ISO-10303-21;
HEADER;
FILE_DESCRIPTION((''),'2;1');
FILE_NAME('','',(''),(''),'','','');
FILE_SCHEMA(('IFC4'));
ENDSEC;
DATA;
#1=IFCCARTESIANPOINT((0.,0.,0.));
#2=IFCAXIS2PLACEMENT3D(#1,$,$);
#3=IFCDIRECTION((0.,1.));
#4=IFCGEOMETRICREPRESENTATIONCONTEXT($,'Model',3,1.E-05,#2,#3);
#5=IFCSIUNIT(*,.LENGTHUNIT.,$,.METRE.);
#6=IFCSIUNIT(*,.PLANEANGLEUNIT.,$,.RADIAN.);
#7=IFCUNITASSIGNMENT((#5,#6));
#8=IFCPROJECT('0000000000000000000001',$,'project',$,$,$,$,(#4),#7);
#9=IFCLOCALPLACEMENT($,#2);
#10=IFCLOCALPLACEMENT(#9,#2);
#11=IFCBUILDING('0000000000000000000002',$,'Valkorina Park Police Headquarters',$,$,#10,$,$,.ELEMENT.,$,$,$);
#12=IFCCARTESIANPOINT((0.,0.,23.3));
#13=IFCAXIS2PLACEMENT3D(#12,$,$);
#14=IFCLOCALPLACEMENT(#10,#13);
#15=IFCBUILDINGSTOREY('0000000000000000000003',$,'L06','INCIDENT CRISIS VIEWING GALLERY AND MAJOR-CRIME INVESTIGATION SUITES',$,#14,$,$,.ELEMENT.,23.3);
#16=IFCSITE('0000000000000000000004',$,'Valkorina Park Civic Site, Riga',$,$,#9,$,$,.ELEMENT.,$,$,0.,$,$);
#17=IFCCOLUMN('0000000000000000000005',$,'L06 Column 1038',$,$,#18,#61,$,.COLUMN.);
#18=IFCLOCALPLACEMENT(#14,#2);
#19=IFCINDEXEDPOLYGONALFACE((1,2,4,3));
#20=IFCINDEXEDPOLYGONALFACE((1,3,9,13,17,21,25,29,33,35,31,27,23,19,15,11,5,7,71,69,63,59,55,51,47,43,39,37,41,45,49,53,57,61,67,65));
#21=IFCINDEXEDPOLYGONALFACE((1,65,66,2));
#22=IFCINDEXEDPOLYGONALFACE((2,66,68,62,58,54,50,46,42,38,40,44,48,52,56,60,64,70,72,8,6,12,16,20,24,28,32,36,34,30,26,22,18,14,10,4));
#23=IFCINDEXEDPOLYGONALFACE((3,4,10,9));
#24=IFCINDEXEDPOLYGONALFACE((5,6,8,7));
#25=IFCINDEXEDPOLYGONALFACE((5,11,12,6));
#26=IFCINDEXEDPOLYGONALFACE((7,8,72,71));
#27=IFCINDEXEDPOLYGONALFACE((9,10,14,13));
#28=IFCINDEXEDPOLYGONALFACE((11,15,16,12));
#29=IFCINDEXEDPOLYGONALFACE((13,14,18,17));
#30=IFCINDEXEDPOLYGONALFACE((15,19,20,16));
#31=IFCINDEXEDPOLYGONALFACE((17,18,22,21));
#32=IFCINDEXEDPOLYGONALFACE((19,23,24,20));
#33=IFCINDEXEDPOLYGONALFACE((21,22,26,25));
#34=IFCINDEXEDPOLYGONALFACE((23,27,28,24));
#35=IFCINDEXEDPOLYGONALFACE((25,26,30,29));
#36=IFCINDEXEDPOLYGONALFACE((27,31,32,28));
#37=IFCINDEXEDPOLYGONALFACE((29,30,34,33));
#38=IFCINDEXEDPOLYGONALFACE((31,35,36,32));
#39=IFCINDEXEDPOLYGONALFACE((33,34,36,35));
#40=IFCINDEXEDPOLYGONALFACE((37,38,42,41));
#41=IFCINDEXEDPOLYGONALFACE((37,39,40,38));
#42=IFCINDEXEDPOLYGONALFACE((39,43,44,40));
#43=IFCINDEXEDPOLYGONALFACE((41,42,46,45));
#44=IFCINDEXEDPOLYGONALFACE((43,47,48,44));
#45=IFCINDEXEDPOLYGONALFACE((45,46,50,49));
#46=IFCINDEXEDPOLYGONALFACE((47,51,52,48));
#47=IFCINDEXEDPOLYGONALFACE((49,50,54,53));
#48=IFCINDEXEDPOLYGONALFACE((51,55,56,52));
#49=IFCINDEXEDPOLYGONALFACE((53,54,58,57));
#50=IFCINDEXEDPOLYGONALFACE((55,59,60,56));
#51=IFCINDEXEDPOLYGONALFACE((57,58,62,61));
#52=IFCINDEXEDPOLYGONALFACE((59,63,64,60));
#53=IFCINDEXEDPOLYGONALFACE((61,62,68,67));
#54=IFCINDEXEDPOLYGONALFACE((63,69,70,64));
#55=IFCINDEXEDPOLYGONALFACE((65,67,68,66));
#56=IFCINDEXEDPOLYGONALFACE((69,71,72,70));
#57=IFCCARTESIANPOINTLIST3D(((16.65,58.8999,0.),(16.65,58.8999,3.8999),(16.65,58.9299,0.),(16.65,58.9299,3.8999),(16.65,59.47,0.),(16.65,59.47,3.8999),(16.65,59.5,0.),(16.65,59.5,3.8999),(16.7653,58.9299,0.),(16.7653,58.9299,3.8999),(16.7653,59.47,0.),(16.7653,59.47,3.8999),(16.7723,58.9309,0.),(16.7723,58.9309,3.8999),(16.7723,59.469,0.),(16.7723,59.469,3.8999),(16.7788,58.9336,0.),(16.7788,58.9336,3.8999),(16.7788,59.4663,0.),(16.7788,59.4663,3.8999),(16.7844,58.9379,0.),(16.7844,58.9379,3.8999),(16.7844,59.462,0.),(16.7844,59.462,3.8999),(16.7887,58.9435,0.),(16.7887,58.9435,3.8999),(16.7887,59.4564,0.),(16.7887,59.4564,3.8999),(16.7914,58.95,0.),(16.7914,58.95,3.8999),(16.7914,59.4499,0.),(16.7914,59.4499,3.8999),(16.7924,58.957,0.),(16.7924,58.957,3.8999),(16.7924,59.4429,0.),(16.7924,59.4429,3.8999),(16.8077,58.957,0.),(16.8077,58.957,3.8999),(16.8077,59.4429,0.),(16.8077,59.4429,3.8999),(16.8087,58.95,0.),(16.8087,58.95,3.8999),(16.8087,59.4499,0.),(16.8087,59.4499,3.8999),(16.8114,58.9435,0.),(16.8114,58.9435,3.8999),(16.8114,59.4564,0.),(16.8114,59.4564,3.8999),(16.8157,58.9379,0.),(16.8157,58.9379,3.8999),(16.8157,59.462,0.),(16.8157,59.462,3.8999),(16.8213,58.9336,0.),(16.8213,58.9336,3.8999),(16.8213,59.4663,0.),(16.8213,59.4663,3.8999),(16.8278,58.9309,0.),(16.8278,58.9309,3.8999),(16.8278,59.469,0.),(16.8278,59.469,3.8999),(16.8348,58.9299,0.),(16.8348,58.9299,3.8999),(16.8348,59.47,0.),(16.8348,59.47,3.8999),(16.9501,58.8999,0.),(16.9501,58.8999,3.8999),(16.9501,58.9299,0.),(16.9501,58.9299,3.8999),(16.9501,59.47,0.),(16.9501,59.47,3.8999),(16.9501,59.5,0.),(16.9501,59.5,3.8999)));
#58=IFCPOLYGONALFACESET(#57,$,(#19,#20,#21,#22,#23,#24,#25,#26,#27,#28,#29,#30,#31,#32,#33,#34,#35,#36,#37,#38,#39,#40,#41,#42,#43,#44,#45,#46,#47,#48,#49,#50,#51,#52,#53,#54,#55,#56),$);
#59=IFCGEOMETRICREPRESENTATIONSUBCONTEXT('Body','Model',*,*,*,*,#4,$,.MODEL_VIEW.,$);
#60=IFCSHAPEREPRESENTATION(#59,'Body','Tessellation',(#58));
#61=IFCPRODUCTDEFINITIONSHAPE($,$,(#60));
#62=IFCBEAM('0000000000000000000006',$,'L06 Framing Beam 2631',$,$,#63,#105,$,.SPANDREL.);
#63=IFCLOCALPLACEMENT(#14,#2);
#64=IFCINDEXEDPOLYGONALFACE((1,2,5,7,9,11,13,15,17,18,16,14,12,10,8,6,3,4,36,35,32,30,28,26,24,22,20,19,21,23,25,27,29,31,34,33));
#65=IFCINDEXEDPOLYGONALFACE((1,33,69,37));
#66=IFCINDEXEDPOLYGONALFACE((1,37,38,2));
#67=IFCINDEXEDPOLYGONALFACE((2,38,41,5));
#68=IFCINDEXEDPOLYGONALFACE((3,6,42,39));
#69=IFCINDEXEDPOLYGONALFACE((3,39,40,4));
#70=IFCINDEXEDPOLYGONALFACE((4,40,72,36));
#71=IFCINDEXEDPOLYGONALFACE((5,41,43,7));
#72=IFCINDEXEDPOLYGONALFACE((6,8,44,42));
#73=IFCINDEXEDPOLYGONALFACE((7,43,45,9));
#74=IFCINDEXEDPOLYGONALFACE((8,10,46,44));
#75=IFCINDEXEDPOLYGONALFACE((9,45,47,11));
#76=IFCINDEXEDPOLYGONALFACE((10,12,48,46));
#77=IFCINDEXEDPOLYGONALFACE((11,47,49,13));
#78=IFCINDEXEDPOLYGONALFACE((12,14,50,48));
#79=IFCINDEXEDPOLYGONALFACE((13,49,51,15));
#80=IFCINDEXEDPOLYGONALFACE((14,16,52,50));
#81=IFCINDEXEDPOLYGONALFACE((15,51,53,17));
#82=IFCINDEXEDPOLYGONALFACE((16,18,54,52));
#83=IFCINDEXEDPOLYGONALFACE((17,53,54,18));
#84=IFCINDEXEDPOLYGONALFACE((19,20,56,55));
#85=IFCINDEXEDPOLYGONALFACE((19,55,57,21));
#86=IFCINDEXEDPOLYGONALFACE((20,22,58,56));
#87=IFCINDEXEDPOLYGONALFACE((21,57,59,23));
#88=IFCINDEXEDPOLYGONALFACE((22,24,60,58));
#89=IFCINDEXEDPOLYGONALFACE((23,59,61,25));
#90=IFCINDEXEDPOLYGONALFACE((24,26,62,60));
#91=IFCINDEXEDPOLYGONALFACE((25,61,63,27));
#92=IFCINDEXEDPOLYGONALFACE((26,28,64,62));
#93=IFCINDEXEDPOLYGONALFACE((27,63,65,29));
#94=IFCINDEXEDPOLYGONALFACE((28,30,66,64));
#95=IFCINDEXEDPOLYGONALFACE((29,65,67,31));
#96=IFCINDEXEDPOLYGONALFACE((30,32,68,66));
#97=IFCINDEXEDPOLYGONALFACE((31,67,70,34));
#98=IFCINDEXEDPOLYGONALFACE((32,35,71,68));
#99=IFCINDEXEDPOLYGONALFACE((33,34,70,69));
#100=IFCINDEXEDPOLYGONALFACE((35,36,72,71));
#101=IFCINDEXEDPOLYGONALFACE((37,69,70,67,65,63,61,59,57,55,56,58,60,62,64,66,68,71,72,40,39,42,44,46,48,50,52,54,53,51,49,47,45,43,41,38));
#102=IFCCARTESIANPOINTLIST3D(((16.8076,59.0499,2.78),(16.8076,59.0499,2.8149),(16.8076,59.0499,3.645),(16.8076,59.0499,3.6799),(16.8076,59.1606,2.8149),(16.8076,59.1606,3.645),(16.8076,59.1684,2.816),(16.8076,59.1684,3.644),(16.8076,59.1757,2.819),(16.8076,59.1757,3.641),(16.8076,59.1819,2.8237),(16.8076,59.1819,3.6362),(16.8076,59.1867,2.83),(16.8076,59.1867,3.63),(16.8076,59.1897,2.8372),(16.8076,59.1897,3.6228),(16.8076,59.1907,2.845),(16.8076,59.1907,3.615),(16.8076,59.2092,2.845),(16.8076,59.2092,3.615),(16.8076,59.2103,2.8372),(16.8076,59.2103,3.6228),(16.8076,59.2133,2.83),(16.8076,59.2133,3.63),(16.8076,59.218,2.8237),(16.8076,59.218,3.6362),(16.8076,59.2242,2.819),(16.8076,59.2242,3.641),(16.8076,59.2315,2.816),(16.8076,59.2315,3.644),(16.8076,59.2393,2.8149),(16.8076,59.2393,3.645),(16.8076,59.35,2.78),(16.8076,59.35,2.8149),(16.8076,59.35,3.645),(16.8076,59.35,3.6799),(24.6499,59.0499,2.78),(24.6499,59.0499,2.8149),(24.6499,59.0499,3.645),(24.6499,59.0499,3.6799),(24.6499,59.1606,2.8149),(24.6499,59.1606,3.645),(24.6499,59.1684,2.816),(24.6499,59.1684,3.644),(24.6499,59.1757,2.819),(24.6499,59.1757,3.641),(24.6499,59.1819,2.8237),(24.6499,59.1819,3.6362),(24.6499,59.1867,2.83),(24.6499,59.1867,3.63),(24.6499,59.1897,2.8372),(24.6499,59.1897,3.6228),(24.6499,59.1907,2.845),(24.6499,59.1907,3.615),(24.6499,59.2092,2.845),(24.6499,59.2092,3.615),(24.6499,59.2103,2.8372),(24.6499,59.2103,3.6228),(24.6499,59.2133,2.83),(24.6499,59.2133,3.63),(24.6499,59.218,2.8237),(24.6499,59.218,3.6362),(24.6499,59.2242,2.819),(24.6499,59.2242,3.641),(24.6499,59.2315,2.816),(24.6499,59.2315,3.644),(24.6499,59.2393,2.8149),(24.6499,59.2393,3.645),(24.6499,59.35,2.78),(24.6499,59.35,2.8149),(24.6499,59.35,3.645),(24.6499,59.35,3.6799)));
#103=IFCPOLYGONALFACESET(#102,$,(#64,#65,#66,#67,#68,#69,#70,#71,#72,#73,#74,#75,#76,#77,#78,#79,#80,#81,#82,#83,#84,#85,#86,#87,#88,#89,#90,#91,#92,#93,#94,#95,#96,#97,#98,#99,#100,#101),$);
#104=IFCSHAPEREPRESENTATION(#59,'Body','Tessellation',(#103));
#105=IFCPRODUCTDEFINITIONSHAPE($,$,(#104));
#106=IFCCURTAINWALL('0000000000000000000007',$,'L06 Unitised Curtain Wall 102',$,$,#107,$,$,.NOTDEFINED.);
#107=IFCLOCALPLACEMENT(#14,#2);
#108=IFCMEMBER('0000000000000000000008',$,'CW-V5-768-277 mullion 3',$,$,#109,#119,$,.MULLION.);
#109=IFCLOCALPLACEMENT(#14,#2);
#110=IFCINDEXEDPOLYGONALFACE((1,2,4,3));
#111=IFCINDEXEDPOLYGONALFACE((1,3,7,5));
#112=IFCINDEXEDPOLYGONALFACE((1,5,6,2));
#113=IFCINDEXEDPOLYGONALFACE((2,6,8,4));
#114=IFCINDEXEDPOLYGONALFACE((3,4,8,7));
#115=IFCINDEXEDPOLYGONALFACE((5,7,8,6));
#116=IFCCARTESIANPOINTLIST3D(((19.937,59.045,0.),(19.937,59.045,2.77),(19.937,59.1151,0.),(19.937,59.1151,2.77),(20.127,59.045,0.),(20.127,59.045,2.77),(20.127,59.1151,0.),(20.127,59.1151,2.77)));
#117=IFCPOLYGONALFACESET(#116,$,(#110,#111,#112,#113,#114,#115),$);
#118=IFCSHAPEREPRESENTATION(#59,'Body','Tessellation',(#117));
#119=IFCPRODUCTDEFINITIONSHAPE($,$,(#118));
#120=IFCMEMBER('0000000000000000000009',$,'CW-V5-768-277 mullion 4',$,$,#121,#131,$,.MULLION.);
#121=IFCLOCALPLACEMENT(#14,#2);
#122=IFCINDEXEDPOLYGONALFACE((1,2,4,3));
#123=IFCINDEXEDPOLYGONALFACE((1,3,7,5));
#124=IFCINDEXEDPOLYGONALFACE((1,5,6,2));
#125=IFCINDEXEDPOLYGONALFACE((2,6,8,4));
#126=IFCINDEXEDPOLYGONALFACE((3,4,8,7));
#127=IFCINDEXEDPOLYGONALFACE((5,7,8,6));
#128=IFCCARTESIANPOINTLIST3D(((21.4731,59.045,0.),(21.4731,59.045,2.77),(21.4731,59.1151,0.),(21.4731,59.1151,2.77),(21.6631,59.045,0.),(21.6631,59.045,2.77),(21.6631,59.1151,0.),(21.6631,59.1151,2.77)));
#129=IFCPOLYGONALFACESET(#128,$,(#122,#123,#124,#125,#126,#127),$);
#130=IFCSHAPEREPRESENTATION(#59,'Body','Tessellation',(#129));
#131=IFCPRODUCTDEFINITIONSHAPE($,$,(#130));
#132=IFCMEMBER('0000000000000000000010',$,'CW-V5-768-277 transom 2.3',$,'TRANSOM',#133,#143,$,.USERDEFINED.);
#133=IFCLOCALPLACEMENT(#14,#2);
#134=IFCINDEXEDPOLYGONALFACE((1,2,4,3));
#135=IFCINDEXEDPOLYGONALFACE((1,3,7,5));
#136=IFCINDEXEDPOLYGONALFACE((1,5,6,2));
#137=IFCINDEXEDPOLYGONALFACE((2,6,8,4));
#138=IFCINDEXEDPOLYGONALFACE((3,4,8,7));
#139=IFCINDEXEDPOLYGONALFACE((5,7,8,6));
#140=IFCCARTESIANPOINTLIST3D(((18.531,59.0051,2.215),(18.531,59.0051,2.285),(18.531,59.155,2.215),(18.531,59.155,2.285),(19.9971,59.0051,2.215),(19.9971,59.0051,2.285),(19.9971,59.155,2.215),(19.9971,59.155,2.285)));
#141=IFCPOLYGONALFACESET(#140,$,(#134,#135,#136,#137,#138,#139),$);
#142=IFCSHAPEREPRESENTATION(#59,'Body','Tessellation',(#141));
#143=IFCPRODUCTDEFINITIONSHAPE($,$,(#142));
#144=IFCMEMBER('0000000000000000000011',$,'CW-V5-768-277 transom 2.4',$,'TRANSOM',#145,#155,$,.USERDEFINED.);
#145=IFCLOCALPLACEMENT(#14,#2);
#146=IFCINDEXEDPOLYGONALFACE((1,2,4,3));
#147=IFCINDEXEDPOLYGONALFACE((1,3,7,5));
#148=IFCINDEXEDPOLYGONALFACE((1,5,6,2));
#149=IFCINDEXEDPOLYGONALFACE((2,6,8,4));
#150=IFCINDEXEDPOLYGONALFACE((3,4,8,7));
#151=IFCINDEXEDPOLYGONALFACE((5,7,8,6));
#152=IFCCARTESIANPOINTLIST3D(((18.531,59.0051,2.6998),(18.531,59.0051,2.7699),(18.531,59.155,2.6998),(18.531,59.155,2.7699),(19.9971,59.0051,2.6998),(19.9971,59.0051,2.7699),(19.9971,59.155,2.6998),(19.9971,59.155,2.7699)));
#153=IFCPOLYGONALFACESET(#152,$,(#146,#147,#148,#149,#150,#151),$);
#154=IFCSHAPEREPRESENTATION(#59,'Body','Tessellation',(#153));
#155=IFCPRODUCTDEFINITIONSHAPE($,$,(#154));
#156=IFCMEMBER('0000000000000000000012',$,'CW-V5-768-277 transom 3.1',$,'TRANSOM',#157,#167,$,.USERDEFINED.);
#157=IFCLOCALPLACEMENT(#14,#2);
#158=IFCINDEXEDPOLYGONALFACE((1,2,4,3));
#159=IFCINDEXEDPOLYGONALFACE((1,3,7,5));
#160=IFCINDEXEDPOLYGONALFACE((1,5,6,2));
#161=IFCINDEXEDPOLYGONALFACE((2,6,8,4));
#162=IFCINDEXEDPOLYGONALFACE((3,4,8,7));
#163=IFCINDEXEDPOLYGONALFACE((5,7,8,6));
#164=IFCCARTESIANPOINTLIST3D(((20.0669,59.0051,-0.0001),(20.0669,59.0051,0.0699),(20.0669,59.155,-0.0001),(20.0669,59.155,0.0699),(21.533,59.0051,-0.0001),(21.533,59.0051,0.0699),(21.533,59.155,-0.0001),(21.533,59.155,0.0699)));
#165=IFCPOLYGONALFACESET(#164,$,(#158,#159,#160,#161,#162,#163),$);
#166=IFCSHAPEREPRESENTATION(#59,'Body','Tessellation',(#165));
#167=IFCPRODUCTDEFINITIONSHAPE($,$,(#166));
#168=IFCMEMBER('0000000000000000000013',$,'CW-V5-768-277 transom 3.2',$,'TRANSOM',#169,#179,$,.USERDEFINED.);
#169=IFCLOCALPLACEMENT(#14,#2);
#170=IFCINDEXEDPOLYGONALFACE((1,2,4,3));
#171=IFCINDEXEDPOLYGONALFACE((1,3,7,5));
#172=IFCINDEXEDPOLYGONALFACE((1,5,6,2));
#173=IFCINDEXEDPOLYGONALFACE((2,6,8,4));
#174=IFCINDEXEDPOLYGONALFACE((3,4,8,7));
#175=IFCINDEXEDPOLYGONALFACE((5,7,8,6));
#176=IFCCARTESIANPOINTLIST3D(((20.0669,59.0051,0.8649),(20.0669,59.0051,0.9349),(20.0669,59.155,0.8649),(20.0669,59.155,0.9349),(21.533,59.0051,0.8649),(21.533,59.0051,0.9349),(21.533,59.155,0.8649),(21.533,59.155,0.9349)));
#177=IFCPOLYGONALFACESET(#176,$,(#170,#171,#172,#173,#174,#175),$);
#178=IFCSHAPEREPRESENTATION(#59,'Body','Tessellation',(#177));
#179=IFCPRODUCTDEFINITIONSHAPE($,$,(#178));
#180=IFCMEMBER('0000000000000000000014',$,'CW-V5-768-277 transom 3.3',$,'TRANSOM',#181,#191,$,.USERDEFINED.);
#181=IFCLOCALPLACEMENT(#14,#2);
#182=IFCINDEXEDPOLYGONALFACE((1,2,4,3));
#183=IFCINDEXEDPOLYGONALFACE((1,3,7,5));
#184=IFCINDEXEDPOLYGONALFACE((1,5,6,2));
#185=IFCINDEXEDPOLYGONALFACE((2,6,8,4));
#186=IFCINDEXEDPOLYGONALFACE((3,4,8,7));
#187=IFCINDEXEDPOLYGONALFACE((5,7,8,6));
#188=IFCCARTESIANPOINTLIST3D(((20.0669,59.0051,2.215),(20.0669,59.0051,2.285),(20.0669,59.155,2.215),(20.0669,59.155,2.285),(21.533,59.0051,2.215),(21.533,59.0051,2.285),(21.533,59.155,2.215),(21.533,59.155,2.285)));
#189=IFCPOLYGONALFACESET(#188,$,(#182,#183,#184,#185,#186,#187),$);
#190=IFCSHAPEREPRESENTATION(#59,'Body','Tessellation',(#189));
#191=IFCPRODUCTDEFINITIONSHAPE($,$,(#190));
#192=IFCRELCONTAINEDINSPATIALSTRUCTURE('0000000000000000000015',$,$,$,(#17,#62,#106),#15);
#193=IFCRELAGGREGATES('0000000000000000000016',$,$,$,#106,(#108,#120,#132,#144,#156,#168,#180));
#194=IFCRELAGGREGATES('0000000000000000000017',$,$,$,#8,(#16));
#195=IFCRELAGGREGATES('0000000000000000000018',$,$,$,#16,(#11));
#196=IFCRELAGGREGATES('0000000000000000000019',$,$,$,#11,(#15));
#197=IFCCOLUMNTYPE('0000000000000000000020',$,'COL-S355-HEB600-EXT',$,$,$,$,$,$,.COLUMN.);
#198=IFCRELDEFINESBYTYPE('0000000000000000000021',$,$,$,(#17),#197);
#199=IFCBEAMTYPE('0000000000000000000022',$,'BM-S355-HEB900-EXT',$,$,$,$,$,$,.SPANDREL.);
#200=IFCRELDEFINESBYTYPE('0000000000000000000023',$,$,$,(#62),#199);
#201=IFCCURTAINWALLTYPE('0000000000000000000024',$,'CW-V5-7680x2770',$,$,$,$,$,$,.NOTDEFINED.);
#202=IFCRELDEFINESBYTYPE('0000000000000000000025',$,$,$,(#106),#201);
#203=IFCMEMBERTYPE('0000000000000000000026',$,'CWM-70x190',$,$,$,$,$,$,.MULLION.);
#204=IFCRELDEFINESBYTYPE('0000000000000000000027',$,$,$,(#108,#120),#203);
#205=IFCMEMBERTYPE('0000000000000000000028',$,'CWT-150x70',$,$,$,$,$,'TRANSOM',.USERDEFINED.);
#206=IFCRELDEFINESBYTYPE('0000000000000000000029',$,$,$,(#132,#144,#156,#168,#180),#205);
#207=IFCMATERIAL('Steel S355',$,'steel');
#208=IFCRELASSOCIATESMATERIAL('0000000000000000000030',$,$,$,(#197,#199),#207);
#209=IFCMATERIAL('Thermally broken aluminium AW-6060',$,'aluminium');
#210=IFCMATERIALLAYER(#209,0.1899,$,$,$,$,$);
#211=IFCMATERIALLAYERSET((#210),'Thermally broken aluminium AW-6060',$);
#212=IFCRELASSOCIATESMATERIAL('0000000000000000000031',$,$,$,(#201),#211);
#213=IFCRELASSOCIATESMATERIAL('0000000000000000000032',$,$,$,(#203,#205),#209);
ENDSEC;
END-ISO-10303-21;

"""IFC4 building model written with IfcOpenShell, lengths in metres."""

from ifc_helpers import new_model, si_unit, direction, frame, origin, origin_2d, place, context, subcontext, project, spatial, rectangle, i_section, extrude, material, layer, layer_set, material_profile, profile_set, type_object, element, aggregate, save


model = new_model("IFC4")

# Units and contexts
model_context = context("Model", 3, precision=1e-05, world=origin(), true_north=direction((0.0, 1.0)))
body_context = subcontext(model_context, "Body", "Model", "MODEL_VIEW")
ifc_project = project(units=[si_unit("LENGTHUNIT", "METRE"), si_unit("PLANEANGLEUNIT", "RADIAN")], contexts=[model_context])

# Site, building, storey
site_placement = place(None, origin())
site = spatial("IfcSite", under=ifc_project, at=site_placement, Name="Valkorina Park Civic Site, Riga", CompositionType="ELEMENT", RefElevation=0.0)
building_placement = place(site_placement, origin())
building = spatial("IfcBuilding", under=site, at=building_placement, Name="Valkorina Park Police Headquarters", CompositionType="ELEMENT")
storey_placement = place(building_placement, frame((0.0, 0.0, 23.3)))
storey = spatial("IfcBuildingStorey", under=building, at=storey_placement, Name="L06", Description="INCIDENT CRISIS VIEWING GALLERY AND MAJOR-CRIME INVESTIGATION SUITES", CompositionType="ELEMENT", Elevation=23.3)

# Column
ifc_material_1 = material(Name="Steel S355", Category="steel")
ifc_material_profile_1 = material_profile(ifc_material_1, i_section(OverallWidth=0.3, OverallDepth=0.6001, WebThickness=0.0154, FlangeThickness=0.03, FilletRadius=0.0271, at=origin_2d()), Name="HEB 600")
ifc_profile_set_1 = profile_set([ifc_material_profile_1], Name="Steel S355")
column_type = type_object("IfcColumnType", Name="COL-S355-HEB600-EXT", PredefinedType="COLUMN", material=ifc_profile_set_1)
column_placement = place(storey_placement, frame((16.8, 59.2, 0.0), z_axis=(0.0, 0.0, 1.0), x_axis=(1.0, 0.0, 0.0)))
element("IfcColumn", 1, at=column_placement, inside=storey, type_object=column_type, Name="L06 Column 1038", PredefinedType="COLUMN", context=body_context, shape_type="SweptSolid", body=[
    extrude(i_section(OverallWidth=0.3, OverallDepth=0.6001, WebThickness=0.0154, FlangeThickness=0.03, FilletRadius=0.0271, at=origin_2d()), origin(), (0.0, 0.0, 1.0), 3.8999),
])

# Beam
ifc_material_profile_2 = material_profile(ifc_material_1, i_section(OverallWidth=0.3, OverallDepth=0.8999, WebThickness=0.0186, FlangeThickness=0.0349, FilletRadius=0.03, at=origin_2d()), Name="HEB 900")
ifc_profile_set_2 = profile_set([ifc_material_profile_2], Name="Steel S355")
beam_type = type_object("IfcBeamType", Name="BM-S355-HEB900-EXT", PredefinedType="SPANDREL", material=ifc_profile_set_2)
beam_placement = place(storey_placement, frame((16.8076, 59.2, 3.23), z_axis=(1.0, 0.0, 0.0), x_axis=(0.0, 1.0, 0.0)))
element("IfcBeam", 2, at=beam_placement, inside=storey, type_object=beam_type, Name="L06 Framing Beam 2631", PredefinedType="SPANDREL", context=body_context, shape_type="SweptSolid", body=[
    extrude(i_section(OverallWidth=0.3, OverallDepth=0.8999, WebThickness=0.0186, FlangeThickness=0.0349, FilletRadius=0.03, at=origin_2d()), origin(), (0.0, 0.0, 1.0), 7.8423),
])

# Curtain wall, members
ifc_material_2 = material(Name="Thermally broken aluminium AW-6060", Category="aluminium")
ifc_layer_1 = layer(ifc_material_2, 0.1899)
ifc_layer_set_1 = layer_set([ifc_layer_1], Name="Thermally broken aluminium AW-6060")
curtain_wall_type = type_object("IfcCurtainWallType", Name="CW-V5-7680x2770", PredefinedType="NOTDEFINED", material=ifc_layer_set_1)
curtain_wall_placement = place(storey_placement, origin())
curtain_wall = element("IfcCurtainWall", 3, at=curtain_wall_placement, inside=storey, type_object=curtain_wall_type, Name="L06 Unitised Curtain Wall 102", PredefinedType="NOTDEFINED")
ifc_material_profile_3 = material_profile(ifc_material_2, rectangle(XDim=0.0701, YDim=0.1899, at=origin_2d()), Name="CWM-02 70x190")
ifc_profile_set_3 = profile_set([ifc_material_profile_3], Name="Thermally broken aluminium AW-6060")
member_type_1 = type_object("IfcMemberType", Name="CWM-70x190", PredefinedType="MULLION", material=ifc_profile_set_3)
member_1_placement = place(storey_placement, frame((20.032, 59.0801, 0.0), z_axis=(0.0, 0.0, 1.0), x_axis=(0.0, 1.0, 0.0)))
member_1 = element("IfcMember", 4, at=member_1_placement, type_object=member_type_1, Name="CW-V5-768-277 mullion 3", PredefinedType="MULLION", context=body_context, shape_type="SweptSolid", body=[
    extrude(rectangle(XDim=0.0701, YDim=0.1899, at=origin_2d()), origin(), (0.0, 0.0, 1.0), 2.77),
])
member_2_placement = place(storey_placement, frame((21.5681, 59.0801, 0.0), z_axis=(0.0, 0.0, 1.0), x_axis=(0.0, 1.0, 0.0)))
member_2 = element("IfcMember", 5, at=member_2_placement, type_object=member_type_1, Name="CW-V5-768-277 mullion 4", PredefinedType="MULLION", context=body_context, shape_type="SweptSolid", body=[
    extrude(rectangle(XDim=0.0701, YDim=0.1899, at=origin_2d()), origin(), (0.0, 0.0, 1.0), 2.77),
])
ifc_material_profile_4 = material_profile(ifc_material_2, rectangle(XDim=0.1499, YDim=0.0701, at=origin_2d()), Name="CWT-02 150x70")
ifc_profile_set_4 = profile_set([ifc_material_profile_4], Name="Thermally broken aluminium AW-6060")
member_type_2 = type_object("IfcMemberType", Name="CWT-150x70", ElementType="TRANSOM", PredefinedType="USERDEFINED", material=ifc_profile_set_4)
member_3_placement = place(storey_placement, frame((18.531, 59.0801, 2.25), z_axis=(1.0, 0.0, 0.0), x_axis=(0.0, 1.0, 0.0)))
member_3 = element("IfcMember", 6, at=member_3_placement, type_object=member_type_2, Name="CW-V5-768-277 transom 2.3", ObjectType="TRANSOM", PredefinedType="USERDEFINED", context=body_context, shape_type="SweptSolid", body=[
    extrude(rectangle(XDim=0.1499, YDim=0.0701, at=origin_2d()), origin(), (0.0, 0.0, 1.0), 1.4661),
])
member_4_placement = place(storey_placement, frame((18.531, 59.0801, 2.7349), z_axis=(1.0, 0.0, 0.0), x_axis=(0.0, 1.0, 0.0)))
member_4 = element("IfcMember", 7, at=member_4_placement, type_object=member_type_2, Name="CW-V5-768-277 transom 2.4", ObjectType="TRANSOM", PredefinedType="USERDEFINED", context=body_context, shape_type="SweptSolid", body=[
    extrude(rectangle(XDim=0.1499, YDim=0.0701, at=origin_2d()), origin(), (0.0, 0.0, 1.0), 1.4661),
])
member_5_placement = place(storey_placement, frame((20.0669, 59.0801, 0.0349), z_axis=(1.0, 0.0, 0.0), x_axis=(0.0, 1.0, 0.0)))
member_5 = element("IfcMember", 8, at=member_5_placement, type_object=member_type_2, Name="CW-V5-768-277 transom 3.1", ObjectType="TRANSOM", PredefinedType="USERDEFINED", context=body_context, shape_type="SweptSolid", body=[
    extrude(rectangle(XDim=0.1499, YDim=0.0701, at=origin_2d()), origin(), (0.0, 0.0, 1.0), 1.4661),
])
member_6_placement = place(storey_placement, frame((20.0669, 59.0801, 0.8999), z_axis=(1.0, 0.0, 0.0), x_axis=(0.0, 1.0, 0.0)))
member_6 = element("IfcMember", 9, at=member_6_placement, type_object=member_type_2, Name="CW-V5-768-277 transom 3.2", ObjectType="TRANSOM", PredefinedType="USERDEFINED", context=body_context, shape_type="SweptSolid", body=[
    extrude(rectangle(XDim=0.1499, YDim=0.0701, at=origin_2d()), origin(), (0.0, 0.0, 1.0), 1.4661),
])
member_7_placement = place(storey_placement, frame((20.0669, 59.0801, 2.25), z_axis=(1.0, 0.0, 0.0), x_axis=(0.0, 1.0, 0.0)))
member_7 = element("IfcMember", 10, at=member_7_placement, type_object=member_type_2, Name="CW-V5-768-277 transom 3.3", ObjectType="TRANSOM", PredefinedType="USERDEFINED", context=body_context, shape_type="SweptSolid", body=[
    extrude(rectangle(XDim=0.1499, YDim=0.0701, at=origin_2d()), origin(), (0.0, 0.0, 1.0), 1.4661),
])
aggregate(curtain_wall, [member_1, member_2, member_3, member_4, member_5, member_6, member_7])

save(model, "model.ifc")
